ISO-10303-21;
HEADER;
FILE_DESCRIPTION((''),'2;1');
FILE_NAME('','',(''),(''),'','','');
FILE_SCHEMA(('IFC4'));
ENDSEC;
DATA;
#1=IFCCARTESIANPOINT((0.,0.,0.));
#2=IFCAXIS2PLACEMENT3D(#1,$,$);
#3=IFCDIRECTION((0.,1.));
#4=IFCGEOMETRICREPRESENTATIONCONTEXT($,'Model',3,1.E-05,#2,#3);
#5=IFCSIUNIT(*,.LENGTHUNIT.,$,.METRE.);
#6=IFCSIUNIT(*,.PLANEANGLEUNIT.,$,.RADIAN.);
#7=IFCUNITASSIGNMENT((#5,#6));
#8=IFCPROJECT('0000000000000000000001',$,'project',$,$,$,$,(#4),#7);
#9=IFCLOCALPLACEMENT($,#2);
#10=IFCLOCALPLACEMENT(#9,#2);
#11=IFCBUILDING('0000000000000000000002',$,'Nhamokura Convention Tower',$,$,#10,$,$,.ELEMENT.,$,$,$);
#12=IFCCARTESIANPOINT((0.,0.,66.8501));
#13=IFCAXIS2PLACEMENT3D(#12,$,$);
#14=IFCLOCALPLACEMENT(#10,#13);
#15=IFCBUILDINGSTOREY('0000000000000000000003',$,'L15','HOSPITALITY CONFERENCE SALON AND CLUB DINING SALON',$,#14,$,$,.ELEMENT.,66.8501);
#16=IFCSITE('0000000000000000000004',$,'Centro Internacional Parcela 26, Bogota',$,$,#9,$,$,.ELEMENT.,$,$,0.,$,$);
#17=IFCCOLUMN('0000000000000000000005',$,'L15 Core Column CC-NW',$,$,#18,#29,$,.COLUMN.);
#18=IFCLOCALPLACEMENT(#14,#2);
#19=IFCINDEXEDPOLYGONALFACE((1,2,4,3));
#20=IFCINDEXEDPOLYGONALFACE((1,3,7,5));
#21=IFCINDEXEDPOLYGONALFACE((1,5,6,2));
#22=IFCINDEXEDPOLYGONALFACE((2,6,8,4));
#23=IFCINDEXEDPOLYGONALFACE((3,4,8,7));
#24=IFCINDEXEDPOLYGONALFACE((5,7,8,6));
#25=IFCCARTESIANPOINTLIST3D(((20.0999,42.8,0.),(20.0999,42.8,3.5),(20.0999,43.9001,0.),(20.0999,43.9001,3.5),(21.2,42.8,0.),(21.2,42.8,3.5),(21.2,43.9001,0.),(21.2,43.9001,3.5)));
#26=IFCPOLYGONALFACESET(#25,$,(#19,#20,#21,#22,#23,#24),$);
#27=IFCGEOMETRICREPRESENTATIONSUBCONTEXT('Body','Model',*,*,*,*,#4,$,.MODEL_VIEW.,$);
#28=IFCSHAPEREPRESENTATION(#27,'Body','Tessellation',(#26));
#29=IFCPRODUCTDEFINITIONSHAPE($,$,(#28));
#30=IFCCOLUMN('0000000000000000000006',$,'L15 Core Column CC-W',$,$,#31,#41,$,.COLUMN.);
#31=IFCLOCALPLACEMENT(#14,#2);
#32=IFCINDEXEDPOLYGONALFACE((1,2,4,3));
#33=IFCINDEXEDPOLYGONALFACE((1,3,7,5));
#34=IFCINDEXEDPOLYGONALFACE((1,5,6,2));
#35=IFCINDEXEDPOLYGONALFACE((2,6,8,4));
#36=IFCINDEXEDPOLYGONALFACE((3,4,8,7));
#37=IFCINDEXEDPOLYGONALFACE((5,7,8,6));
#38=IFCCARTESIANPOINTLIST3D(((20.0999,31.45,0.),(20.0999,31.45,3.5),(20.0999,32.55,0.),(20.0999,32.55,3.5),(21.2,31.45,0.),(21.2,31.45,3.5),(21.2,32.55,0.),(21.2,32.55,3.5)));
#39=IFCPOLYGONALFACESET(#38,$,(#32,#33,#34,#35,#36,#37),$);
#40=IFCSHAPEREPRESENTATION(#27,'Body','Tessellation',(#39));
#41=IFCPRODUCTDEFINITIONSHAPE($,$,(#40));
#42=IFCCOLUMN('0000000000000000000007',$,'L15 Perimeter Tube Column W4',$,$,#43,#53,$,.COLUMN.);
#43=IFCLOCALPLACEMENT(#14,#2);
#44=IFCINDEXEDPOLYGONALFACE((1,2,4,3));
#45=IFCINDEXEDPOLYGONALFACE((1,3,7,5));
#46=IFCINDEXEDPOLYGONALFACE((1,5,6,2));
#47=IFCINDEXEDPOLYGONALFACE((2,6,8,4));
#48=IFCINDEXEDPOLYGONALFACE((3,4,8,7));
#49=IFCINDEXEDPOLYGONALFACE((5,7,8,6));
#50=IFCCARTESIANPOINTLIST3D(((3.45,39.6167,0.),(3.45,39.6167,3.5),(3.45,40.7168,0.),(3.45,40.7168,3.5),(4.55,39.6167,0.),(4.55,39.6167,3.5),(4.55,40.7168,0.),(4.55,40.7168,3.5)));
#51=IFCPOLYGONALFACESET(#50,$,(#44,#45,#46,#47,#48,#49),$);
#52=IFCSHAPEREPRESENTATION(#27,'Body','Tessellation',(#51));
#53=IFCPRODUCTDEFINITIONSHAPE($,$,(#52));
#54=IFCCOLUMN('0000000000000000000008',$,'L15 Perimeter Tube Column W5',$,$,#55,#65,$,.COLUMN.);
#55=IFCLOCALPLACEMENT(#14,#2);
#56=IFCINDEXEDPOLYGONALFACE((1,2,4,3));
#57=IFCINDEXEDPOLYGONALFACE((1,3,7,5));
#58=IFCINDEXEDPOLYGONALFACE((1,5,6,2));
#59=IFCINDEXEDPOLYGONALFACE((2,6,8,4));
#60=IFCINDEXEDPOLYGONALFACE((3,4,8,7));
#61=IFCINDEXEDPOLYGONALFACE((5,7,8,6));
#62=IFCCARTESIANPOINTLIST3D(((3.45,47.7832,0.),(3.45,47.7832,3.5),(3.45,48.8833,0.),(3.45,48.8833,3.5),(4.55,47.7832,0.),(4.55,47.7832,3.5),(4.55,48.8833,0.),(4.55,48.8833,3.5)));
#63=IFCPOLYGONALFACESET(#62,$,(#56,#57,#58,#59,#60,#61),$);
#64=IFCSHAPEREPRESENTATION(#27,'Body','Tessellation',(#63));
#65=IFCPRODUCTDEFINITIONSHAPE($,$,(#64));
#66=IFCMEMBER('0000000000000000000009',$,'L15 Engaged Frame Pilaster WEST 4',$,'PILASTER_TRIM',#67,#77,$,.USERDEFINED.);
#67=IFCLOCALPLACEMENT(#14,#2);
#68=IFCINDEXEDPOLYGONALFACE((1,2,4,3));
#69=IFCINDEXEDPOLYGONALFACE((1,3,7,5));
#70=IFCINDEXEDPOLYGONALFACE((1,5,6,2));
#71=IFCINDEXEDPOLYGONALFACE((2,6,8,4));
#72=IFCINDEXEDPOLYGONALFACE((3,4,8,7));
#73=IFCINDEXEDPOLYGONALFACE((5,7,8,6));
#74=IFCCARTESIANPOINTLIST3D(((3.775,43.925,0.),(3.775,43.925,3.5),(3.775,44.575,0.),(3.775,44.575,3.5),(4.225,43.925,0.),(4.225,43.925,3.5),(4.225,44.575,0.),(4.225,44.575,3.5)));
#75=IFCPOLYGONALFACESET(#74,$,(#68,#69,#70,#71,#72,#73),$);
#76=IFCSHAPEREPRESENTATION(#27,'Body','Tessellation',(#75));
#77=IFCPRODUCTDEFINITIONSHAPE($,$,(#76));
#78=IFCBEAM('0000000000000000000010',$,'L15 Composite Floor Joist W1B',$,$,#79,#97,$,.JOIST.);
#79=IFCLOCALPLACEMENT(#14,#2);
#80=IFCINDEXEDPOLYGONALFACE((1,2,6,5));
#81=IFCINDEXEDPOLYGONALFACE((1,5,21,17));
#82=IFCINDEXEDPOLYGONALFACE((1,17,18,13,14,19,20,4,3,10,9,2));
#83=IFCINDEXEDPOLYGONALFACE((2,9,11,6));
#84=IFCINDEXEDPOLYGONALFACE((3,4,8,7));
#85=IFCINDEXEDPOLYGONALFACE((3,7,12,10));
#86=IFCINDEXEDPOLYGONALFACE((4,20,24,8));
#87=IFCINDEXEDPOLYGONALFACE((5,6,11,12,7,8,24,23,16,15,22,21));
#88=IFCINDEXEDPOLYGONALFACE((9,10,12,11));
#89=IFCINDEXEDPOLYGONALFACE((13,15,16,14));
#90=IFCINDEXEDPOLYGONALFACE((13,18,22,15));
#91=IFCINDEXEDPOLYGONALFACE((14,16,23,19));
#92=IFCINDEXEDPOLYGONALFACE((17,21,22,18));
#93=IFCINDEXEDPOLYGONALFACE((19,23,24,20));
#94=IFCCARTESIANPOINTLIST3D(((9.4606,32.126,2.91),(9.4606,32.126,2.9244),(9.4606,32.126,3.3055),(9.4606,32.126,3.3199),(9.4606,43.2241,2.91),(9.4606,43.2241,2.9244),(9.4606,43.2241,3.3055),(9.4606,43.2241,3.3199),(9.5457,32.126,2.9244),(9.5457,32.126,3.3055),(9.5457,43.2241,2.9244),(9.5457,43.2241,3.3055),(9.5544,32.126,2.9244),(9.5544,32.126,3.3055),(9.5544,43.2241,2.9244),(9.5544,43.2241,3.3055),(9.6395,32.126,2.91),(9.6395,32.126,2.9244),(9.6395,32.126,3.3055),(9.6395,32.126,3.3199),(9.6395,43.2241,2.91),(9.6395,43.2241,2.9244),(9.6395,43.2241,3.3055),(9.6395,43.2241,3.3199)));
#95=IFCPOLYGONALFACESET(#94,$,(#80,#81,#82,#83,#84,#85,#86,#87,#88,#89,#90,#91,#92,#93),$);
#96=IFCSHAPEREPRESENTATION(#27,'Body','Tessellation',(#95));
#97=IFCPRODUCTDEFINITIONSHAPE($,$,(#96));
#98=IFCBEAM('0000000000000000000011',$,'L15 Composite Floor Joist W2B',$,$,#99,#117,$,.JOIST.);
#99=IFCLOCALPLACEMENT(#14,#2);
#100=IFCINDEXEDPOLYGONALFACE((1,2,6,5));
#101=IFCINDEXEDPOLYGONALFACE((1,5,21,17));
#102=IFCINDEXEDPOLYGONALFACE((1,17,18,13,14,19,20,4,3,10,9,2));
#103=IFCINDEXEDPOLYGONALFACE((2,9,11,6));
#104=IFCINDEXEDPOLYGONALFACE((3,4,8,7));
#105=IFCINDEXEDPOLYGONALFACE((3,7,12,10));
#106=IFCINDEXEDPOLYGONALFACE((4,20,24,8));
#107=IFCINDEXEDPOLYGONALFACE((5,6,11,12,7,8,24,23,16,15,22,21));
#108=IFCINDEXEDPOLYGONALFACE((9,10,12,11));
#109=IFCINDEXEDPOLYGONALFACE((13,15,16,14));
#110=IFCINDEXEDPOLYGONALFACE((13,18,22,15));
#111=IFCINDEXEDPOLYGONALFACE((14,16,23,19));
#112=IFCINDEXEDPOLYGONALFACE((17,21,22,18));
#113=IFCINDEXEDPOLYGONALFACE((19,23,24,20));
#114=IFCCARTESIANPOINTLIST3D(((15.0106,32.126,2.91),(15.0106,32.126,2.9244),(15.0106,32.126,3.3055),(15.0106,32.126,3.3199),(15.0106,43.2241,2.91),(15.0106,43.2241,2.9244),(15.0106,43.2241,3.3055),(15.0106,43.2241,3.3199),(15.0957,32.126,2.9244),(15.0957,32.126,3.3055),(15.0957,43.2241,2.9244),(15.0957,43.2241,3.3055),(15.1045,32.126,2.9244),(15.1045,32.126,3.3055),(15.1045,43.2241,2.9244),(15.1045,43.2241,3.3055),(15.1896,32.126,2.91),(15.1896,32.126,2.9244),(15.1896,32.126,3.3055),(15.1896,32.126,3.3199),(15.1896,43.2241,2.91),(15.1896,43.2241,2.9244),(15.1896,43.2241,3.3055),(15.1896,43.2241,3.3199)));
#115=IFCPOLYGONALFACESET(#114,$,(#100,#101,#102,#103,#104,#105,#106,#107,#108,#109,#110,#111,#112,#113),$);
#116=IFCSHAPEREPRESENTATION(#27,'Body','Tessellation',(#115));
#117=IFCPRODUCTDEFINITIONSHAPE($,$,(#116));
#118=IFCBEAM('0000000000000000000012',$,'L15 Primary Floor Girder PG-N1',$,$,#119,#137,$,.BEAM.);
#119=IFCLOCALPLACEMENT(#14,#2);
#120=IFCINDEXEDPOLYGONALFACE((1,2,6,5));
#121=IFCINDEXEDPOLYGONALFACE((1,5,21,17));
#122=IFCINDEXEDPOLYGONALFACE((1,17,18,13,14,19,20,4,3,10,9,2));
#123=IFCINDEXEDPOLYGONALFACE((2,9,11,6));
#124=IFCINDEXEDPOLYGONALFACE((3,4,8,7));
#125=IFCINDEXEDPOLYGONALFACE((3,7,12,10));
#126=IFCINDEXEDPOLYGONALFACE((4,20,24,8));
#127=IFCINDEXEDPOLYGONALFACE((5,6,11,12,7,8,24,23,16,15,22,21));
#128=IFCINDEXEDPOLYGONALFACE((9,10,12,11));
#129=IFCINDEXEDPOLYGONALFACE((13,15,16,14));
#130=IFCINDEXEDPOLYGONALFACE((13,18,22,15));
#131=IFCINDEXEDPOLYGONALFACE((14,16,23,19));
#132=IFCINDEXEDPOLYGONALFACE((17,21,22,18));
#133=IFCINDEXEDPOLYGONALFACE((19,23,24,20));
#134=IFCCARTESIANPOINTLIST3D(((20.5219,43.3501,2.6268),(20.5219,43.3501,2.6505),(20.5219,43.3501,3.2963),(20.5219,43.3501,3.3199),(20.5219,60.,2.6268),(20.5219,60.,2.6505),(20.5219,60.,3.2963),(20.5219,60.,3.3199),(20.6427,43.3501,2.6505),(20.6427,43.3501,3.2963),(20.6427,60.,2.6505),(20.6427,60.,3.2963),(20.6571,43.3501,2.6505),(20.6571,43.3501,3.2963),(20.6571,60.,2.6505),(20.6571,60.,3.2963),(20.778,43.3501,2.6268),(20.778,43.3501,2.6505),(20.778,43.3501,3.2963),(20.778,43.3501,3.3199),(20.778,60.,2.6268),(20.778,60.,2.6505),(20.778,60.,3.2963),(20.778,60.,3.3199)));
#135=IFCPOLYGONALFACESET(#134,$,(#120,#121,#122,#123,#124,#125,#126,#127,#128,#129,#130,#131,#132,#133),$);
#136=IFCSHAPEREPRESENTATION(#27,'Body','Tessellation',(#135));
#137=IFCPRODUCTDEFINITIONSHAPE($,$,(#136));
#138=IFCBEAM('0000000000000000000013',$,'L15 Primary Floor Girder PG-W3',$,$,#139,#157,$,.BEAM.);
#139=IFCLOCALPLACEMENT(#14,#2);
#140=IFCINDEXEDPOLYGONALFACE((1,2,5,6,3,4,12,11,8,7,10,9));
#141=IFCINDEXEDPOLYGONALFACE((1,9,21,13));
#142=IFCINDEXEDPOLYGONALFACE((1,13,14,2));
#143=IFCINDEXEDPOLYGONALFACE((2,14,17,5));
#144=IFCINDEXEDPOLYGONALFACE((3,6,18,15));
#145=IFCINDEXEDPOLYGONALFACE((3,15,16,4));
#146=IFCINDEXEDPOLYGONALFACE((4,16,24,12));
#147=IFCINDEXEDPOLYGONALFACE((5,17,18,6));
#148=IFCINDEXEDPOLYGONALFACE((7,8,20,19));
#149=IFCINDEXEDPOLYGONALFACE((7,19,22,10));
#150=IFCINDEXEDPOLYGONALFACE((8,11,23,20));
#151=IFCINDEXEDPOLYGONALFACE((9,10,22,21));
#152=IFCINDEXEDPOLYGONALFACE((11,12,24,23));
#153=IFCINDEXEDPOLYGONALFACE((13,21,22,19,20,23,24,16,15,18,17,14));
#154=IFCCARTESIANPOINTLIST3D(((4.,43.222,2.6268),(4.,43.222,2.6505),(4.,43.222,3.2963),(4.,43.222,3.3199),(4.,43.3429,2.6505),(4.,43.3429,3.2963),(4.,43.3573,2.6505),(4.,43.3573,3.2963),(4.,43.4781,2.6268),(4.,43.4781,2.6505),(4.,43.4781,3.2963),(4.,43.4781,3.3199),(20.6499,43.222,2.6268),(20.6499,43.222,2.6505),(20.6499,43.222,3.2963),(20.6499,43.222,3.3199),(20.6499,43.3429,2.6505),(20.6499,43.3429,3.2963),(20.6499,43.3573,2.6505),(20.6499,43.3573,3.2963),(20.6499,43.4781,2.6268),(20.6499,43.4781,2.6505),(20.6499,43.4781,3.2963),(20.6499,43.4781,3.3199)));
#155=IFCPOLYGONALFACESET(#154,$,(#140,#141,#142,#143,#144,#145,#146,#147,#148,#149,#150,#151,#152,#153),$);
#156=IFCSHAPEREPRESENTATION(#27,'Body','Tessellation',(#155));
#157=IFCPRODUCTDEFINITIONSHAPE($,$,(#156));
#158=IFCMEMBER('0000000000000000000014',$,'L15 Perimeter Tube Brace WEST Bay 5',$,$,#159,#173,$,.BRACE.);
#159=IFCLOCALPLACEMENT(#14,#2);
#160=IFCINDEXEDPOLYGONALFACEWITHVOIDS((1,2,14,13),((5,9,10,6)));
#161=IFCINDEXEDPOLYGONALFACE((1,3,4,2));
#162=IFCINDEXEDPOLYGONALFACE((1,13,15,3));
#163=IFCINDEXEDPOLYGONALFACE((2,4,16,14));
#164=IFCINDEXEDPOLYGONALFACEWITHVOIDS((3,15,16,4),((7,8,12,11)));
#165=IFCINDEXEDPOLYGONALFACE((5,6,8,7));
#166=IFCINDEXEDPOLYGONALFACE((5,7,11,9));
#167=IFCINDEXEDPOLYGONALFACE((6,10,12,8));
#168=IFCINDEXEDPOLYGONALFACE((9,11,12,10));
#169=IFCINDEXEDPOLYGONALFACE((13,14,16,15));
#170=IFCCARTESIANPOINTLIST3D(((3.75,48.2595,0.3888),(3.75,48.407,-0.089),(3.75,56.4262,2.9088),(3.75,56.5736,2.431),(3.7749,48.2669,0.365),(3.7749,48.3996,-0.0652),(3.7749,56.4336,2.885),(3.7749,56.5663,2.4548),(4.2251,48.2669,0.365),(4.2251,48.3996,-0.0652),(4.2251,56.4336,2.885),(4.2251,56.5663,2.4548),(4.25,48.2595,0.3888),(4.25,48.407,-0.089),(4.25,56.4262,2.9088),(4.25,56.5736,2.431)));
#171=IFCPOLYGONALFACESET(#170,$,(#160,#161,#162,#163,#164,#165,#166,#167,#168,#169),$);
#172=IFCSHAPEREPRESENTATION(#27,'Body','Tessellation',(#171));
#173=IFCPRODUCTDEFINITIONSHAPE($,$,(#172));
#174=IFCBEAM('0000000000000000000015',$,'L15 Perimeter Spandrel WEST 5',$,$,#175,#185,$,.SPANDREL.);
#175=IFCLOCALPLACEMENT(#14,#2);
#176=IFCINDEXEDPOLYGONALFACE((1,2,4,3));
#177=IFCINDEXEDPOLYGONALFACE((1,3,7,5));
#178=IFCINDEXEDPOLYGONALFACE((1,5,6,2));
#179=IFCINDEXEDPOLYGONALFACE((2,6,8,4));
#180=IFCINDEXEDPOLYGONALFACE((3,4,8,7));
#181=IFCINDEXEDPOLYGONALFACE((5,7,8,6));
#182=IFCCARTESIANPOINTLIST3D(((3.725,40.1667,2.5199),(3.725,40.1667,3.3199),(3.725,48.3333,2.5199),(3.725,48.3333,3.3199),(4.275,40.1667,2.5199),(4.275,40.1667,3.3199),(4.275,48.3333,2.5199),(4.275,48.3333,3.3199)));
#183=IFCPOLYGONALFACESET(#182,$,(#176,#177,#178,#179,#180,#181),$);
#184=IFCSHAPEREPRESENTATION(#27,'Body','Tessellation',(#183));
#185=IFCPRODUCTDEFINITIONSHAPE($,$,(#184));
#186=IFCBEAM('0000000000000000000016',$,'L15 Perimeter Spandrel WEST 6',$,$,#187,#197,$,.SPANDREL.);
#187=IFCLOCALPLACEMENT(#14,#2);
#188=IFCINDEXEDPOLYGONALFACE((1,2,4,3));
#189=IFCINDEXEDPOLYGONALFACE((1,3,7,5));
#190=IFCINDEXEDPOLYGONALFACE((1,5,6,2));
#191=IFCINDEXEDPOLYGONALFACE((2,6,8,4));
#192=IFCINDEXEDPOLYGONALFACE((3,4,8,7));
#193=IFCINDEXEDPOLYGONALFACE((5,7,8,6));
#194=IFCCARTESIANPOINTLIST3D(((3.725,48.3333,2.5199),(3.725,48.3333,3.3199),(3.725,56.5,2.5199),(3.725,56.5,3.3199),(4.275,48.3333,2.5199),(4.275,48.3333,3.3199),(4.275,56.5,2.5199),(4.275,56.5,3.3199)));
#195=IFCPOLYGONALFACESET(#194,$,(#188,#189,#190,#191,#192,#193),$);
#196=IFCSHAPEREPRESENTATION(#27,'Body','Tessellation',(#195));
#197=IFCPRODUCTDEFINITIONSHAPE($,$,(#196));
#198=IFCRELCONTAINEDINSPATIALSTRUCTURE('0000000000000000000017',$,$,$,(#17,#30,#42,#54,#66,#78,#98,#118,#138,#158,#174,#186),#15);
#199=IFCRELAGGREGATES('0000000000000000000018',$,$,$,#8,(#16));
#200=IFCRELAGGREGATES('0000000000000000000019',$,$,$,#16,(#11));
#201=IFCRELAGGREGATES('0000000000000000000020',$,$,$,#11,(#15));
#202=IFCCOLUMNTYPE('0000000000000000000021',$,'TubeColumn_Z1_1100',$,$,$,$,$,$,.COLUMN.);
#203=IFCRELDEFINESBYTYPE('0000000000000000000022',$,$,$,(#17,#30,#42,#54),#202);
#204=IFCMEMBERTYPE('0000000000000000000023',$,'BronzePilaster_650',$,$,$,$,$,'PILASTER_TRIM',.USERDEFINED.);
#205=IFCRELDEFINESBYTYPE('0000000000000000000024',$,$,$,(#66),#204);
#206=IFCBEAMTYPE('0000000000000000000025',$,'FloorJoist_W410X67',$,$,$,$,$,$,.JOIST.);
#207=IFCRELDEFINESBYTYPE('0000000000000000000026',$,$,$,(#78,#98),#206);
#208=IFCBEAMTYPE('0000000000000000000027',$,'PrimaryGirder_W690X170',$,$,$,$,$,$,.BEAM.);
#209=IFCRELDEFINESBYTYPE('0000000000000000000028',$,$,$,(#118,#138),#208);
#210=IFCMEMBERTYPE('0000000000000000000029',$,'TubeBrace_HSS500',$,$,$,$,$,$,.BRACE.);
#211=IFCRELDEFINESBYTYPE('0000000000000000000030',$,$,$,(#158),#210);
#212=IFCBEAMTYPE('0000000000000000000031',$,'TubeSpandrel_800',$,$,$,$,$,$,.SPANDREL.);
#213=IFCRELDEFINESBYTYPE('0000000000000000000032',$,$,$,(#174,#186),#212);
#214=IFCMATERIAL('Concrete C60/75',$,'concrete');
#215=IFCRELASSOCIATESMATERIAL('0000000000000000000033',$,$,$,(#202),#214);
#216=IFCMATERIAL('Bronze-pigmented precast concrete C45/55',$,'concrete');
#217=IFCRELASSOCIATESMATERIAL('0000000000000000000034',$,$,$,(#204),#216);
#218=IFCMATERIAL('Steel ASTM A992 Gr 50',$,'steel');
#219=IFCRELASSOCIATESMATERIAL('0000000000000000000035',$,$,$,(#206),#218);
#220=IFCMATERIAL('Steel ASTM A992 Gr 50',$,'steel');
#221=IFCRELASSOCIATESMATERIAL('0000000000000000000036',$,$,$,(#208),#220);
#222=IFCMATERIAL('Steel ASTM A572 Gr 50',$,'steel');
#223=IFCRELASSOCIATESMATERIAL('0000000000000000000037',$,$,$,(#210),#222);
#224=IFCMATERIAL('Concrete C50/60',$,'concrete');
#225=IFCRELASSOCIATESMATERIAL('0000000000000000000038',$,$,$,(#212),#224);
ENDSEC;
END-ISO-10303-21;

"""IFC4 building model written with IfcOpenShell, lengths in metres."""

from ifc_helpers import new_model, si_unit, direction, frame, origin, origin_2d, place, context, subcontext, project, spatial, rectangle, hollow_rectangle, i_section, extrude, material, material_profile, profile_set, type_object, element, save


model = new_model("IFC4")

# Units and contexts
model_context = context("Model", 3, precision=1e-05, world=origin(), true_north=direction((0.0, 1.0)))
body_context = subcontext(model_context, "Body", "Model", "MODEL_VIEW")
ifc_project = project(units=[si_unit("LENGTHUNIT", "METRE"), si_unit("PLANEANGLEUNIT", "RADIAN")], contexts=[model_context])

# Site, building, storey
site_placement = place(None, origin())
site = spatial("IfcSite", under=ifc_project, at=site_placement, Name="Centro Internacional Parcela 26, Bogota", CompositionType="ELEMENT", RefElevation=0.0)
building_placement = place(site_placement, origin())
building = spatial("IfcBuilding", under=site, at=building_placement, Name="Nhamokura Convention Tower", CompositionType="ELEMENT")
storey_placement = place(building_placement, frame((0.0, 0.0, 66.8501)))
storey = spatial("IfcBuildingStorey", under=building, at=storey_placement, Name="L15", Description="HOSPITALITY CONFERENCE SALON AND CLUB DINING SALON", CompositionType="ELEMENT", Elevation=66.8501)

# Columns
ifc_material_1 = material(Name="Concrete C60/75", Category="concrete")
ifc_material_profile_1 = material_profile(ifc_material_1, rectangle(XDim=1.1001, YDim=1.1001, at=origin_2d()))
ifc_profile_set_1 = profile_set([ifc_material_profile_1], Name="Concrete C60/75")
column_type = type_object("IfcColumnType", Name="TubeColumn_Z1_1100", PredefinedType="COLUMN", material=ifc_profile_set_1)
for number, where, z_axis, x_axis, name in (
    (1, (20.6499, 43.3501, 0.0), (0.0, 0.0, 1.0), (1.0, 0.0, 0.0), "L15 Core Column CC-NW"),
    (2, (20.6499, 32.0, 0.0), (0.0, 0.0, 1.0), (1.0, 0.0, 0.0), "L15 Core Column CC-W"),
    (3, (4.0, 40.1667, 0.0), (0.0, 0.0, 1.0), (1.0, 0.0, 0.0), "L15 Perimeter Tube Column W4"),
    (4, (4.0, 48.3333, 0.0), (0.0, 0.0, 1.0), (1.0, 0.0, 0.0), "L15 Perimeter Tube Column W5"),
):
    element("IfcColumn", number, at=place(storey_placement, frame(where, z_axis=z_axis, x_axis=x_axis)), inside=storey, type_object=column_type, Name=name, PredefinedType="COLUMN", context=body_context, shape_type="SweptSolid", body=[
        extrude(rectangle(XDim=1.1001, YDim=1.1001, at=origin_2d()), origin(), (0.0, 0.0, 1.0), 3.5),
    ])

# Member
ifc_material_2 = material(Name="Bronze-pigmented precast concrete C45/55", Category="concrete")
ifc_material_profile_2 = material_profile(ifc_material_2, rectangle(XDim=0.45, YDim=0.6499, at=origin_2d()))
ifc_profile_set_2 = profile_set([ifc_material_profile_2], Name="Bronze-pigmented precast concrete C45/55")
member_type_1 = type_object("IfcMemberType", Name="BronzePilaster_650", ElementType="PILASTER_TRIM", PredefinedType="USERDEFINED", material=ifc_profile_set_2)
member_1_placement = place(storey_placement, frame((4.0, 44.25, 0.0), z_axis=(0.0, 0.0, 1.0), x_axis=(1.0, 0.0, 0.0)))
element("IfcMember", 5, at=member_1_placement, inside=storey, type_object=member_type_1, Name="L15 Engaged Frame Pilaster WEST 4", ObjectType="PILASTER_TRIM", PredefinedType="USERDEFINED", context=body_context, shape_type="SweptSolid", body=[
    extrude(rectangle(XDim=0.45, YDim=0.6499, at=origin_2d()), origin(), (0.0, 0.0, 1.0), 3.5),
])

# Beams
ifc_material_3 = material(Name="Steel ASTM A992 Gr 50", Category="steel")
ifc_material_profile_3 = material_profile(ifc_material_3, i_section(OverallWidth=0.179, OverallDepth=0.4099, WebThickness=0.0088, FlangeThickness=0.0144, at=origin_2d()))
ifc_profile_set_3 = profile_set([ifc_material_profile_3], Name="Steel ASTM A992 Gr 50")
beam_type_1 = type_object("IfcBeamType", Name="FloorJoist_W410X67", PredefinedType="JOIST", material=ifc_profile_set_3)
for number, where, z_axis, x_axis, name in (
    (6, (9.55, 32.126, 3.115), (0.0, 1.0, 0.0), (-1.0, 0.0, 0.0), "L15 Composite Floor Joist W1B"),
    (7, (15.1001, 32.126, 3.115), (0.0, 1.0, 0.0), (-1.0, 0.0, 0.0), "L15 Composite Floor Joist W2B"),
):
    element("IfcBeam", number, at=place(storey_placement, frame(where, z_axis=z_axis, x_axis=x_axis)), inside=storey, type_object=beam_type_1, Name=name, PredefinedType="JOIST", context=body_context, shape_type="SweptSolid", body=[
        extrude(i_section(OverallWidth=0.179, OverallDepth=0.4099, WebThickness=0.0088, FlangeThickness=0.0144, at=origin_2d()), origin(), (0.0, 0.0, 1.0), 11.0981),
    ])
ifc_material_4 = material(Name="Steel ASTM A992 Gr 50", Category="steel")
ifc_material_profile_4 = material_profile(ifc_material_4, i_section(OverallWidth=0.2561, OverallDepth=0.6931, WebThickness=0.0144, FlangeThickness=0.0237, at=origin_2d()))
ifc_profile_set_4 = profile_set([ifc_material_profile_4], Name="Steel ASTM A992 Gr 50")
beam_type_2 = type_object("IfcBeamType", Name="PrimaryGirder_W690X170", PredefinedType="BEAM", material=ifc_profile_set_4)
for number, where, z_axis, x_axis, name in (
    (8, (20.6499, 43.3501, 2.9734), (0.0, 1.0, 0.0), (-1.0, 0.0, 0.0), "L15 Primary Floor Girder PG-N1"),
    (9, (4.0, 43.3501, 2.9734), (1.0, 0.0, 0.0), (0.0, 1.0, 0.0), "L15 Primary Floor Girder PG-W3"),
):
    element("IfcBeam", number, at=place(storey_placement, frame(where, z_axis=z_axis, x_axis=x_axis)), inside=storey, type_object=beam_type_2, Name=name, PredefinedType="BEAM", context=body_context, shape_type="SweptSolid", body=[
        extrude(i_section(OverallWidth=0.2561, OverallDepth=0.6931, WebThickness=0.0144, FlangeThickness=0.0237, at=origin_2d()), origin(), (0.0, 0.0, 1.0), 16.6499),
    ])

# Member
ifc_material_5 = material(Name="Steel ASTM A572 Gr 50", Category="steel")
ifc_material_profile_5 = material_profile(ifc_material_5, hollow_rectangle(XDim=0.5, YDim=0.5, WallThickness=0.0249, at=origin_2d()))
ifc_profile_set_5 = profile_set([ifc_material_profile_5], Name="Steel ASTM A572 Gr 50")
member_type_2 = type_object("IfcMemberType", Name="TubeBrace_HSS500", PredefinedType="BRACE", material=ifc_profile_set_5)
member_2_placement = place(storey_placement, frame((4.0, 48.3333, 0.1499), z_axis=(0.0, 0.955543, 0.294853), x_axis=(-1.0, 0.0, 0.0)))
element("IfcMember", 10, at=member_2_placement, inside=storey, type_object=member_type_2, Name="L15 Perimeter Tube Brace WEST Bay 5", PredefinedType="BRACE", context=body_context, shape_type="SweptSolid", body=[
    extrude(hollow_rectangle(XDim=0.5, YDim=0.5, WallThickness=0.0249, at=origin_2d()), origin(), (0.0, 0.0, 1.0), 8.5466),
])

# Beams
ifc_material_6 = material(Name="Concrete C50/60", Category="concrete")
ifc_material_profile_6 = material_profile(ifc_material_6, rectangle(XDim=0.55, YDim=0.8, at=origin_2d()))
ifc_profile_set_6 = profile_set([ifc_material_profile_6], Name="Concrete C50/60")
beam_type_3 = type_object("IfcBeamType", Name="TubeSpandrel_800", PredefinedType="SPANDREL", material=ifc_profile_set_6)
beam_1_placement = place(storey_placement, frame((4.0, 40.1667, 2.9199), z_axis=(0.0, 1.0, 0.0), x_axis=(-1.0, 0.0, 0.0)))
element("IfcBeam", 11, at=beam_1_placement, inside=storey, type_object=beam_type_3, Name="L15 Perimeter Spandrel WEST 5", PredefinedType="SPANDREL", context=body_context, shape_type="SweptSolid", body=[
    extrude(rectangle(XDim=0.55, YDim=0.8, at=origin_2d()), origin(), (0.0, 0.0, 1.0), 8.1665),
])
beam_2_placement = place(storey_placement, frame((4.0, 48.3333, 2.9199), z_axis=(0.0, 1.0, 0.0), x_axis=(-1.0, 0.0, 0.0)))
element("IfcBeam", 12, at=beam_2_placement, inside=storey, type_object=beam_type_3, Name="L15 Perimeter Spandrel WEST 6", PredefinedType="SPANDREL", context=body_context, shape_type="SweptSolid", body=[
    extrude(rectangle(XDim=0.55, YDim=0.8, at=origin_2d()), origin(), (0.0, 0.0, 1.0), 8.1667),
])

save(model, "model.ifc")
